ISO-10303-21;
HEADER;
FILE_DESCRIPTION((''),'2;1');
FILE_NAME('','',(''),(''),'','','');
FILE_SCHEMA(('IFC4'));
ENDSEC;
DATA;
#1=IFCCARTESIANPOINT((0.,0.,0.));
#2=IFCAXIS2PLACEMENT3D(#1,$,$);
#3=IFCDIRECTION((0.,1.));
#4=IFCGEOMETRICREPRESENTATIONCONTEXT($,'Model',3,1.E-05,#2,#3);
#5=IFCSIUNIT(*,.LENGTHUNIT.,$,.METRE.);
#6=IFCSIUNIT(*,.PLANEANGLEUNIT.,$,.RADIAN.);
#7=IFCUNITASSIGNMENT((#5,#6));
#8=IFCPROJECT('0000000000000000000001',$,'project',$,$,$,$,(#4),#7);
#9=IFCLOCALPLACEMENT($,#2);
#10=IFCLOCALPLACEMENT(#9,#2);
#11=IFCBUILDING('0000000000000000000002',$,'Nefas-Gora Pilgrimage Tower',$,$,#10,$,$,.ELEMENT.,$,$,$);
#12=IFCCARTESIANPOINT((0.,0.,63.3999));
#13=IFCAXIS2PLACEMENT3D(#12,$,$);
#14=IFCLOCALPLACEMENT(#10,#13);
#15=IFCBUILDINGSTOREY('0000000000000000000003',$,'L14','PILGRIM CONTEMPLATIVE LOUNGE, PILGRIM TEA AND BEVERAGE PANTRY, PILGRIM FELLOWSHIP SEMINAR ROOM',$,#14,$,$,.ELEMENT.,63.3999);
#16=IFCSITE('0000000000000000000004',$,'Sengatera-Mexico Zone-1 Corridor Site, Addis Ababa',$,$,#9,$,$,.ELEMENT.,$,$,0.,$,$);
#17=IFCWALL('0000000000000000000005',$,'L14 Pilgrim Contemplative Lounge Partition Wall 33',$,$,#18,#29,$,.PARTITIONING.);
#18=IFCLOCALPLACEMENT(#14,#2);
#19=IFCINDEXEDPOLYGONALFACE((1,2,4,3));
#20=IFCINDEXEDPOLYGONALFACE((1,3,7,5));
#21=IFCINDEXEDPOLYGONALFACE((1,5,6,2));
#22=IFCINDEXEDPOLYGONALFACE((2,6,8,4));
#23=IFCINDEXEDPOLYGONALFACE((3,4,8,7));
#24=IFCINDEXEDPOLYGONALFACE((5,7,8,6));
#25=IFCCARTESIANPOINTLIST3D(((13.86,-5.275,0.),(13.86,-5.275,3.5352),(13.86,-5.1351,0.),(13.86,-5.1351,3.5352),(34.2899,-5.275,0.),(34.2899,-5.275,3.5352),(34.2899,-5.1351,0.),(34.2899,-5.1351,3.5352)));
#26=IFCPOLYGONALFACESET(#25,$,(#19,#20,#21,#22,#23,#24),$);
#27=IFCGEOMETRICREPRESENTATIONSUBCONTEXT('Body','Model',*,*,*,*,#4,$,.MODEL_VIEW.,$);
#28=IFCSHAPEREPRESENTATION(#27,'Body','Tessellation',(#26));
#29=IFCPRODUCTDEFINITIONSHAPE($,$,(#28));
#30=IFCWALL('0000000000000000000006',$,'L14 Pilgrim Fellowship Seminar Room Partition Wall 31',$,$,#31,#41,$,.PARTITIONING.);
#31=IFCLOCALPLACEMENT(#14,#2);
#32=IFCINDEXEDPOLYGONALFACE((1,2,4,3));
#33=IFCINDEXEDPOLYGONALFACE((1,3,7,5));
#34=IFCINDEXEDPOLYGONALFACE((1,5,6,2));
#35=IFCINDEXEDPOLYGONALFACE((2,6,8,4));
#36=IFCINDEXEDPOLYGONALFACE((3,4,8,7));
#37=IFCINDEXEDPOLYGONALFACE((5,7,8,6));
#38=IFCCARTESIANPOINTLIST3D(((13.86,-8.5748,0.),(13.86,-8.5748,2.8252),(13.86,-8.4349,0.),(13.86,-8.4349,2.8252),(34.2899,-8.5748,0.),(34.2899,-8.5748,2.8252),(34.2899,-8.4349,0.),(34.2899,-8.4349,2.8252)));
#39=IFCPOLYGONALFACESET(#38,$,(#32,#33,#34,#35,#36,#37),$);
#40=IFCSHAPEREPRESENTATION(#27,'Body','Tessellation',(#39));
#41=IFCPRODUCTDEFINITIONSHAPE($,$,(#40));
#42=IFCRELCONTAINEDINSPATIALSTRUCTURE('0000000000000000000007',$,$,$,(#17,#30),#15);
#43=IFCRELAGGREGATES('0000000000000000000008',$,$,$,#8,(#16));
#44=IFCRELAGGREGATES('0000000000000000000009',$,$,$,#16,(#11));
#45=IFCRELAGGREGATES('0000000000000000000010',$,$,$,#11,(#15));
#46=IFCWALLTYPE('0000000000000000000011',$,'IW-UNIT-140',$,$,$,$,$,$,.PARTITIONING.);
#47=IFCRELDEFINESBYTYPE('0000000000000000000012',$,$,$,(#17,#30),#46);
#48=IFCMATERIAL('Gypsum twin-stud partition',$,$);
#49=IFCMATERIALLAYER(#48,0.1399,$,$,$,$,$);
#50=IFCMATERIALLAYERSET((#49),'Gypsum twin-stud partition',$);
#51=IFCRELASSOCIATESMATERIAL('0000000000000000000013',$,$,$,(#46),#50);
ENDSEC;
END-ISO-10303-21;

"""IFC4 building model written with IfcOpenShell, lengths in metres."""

from ifc_helpers import new_model, si_unit, direction, frame, frame_2d, origin, place, context, subcontext, project, spatial, rectangle, extrude, source, transform, mapped, material, layer, layer_set, type_object, element, save


model = new_model("IFC4")

# Units and contexts
model_context = context("Model", 3, precision=1e-05, world=origin(), true_north=direction((0.0, 1.0)))
body_context = subcontext(model_context, "Body", "Model", "MODEL_VIEW")
ifc_project = project(units=[si_unit("LENGTHUNIT", "METRE"), si_unit("PLANEANGLEUNIT", "RADIAN")], contexts=[model_context])

# Site, building, storey
site_placement = place(None, origin())
site = spatial("IfcSite", under=ifc_project, at=site_placement, Name="Sengatera-Mexico Zone-1 Corridor Site, Addis Ababa", CompositionType="ELEMENT", RefElevation=0.0)
building_placement = place(site_placement, origin())
building = spatial("IfcBuilding", under=site, at=building_placement, Name="Nefas-Gora Pilgrimage Tower", CompositionType="ELEMENT")
storey_placement = place(building_placement, frame((0.0, 0.0, 63.3999)))
storey = spatial("IfcBuildingStorey", under=building, at=storey_placement, Name="L14", Description="PILGRIM CONTEMPLATIVE LOUNGE, PILGRIM TEA AND BEVERAGE PANTRY, PILGRIM FELLOWSHIP SEMINAR ROOM", CompositionType="ELEMENT", Elevation=63.3999)

# Walls
ifc_material_1 = material(Name="Gypsum twin-stud partition")
ifc_layer = layer(ifc_material_1, 0.1399)
ifc_layer_set = layer_set([ifc_layer], Name="Gypsum twin-stud partition")
wall_type = type_object("IfcWallType", Name="IW-UNIT-140", PredefinedType="PARTITIONING", material=ifc_layer_set)
shared_shape_1 = source(origin(), body_context, "Body", "SweptSolid", [
    extrude(rectangle(XDim=20.4299, YDim=0.1399, at=frame_2d((10.2148, 0.0))), origin(), (0.0, 0.0, 1.0), 3.5352),
])
wall_1_placement = place(storey_placement, frame((13.8601, -5.2051, 0.0), z_axis=(0.0, 0.0, 1.0), x_axis=(1.0, 0.0, 0.0)))
element("IfcWall", 1, at=wall_1_placement, inside=storey, type_object=wall_type, Name="L14 Pilgrim Contemplative Lounge Partition Wall 33", PredefinedType="PARTITIONING", context=body_context, shape_type="MappedRepresentation", body=[
    mapped(shared_shape_1, transform((0.0, 0.0, 0.0), x_axis=(1.0, 0.0, 0.0), y_axis=(0.0, 1.0, 0.0), z_axis=(0.0, 0.0, 1.0), scale=1.0)),
])
shared_shape_2 = source(origin(), body_context, "Body", "SweptSolid", [
    extrude(rectangle(XDim=20.4299, YDim=0.1399, at=frame_2d((10.2148, 0.0))), origin(), (0.0, 0.0, 1.0), 2.8252),
])
wall_2_placement = place(storey_placement, frame((13.8601, -8.5049, 0.0), z_axis=(0.0, 0.0, 1.0), x_axis=(1.0, 0.0, 0.0)))
element("IfcWall", 2, at=wall_2_placement, inside=storey, type_object=wall_type, Name="L14 Pilgrim Fellowship Seminar Room Partition Wall 31", PredefinedType="PARTITIONING", context=body_context, shape_type="MappedRepresentation", body=[
    mapped(shared_shape_2, transform((0.0, 0.0, 0.0), x_axis=(1.0, 0.0, 0.0), y_axis=(0.0, 1.0, 0.0), z_axis=(0.0, 0.0, 1.0), scale=1.0)),
])

save(model, "model.ifc")
